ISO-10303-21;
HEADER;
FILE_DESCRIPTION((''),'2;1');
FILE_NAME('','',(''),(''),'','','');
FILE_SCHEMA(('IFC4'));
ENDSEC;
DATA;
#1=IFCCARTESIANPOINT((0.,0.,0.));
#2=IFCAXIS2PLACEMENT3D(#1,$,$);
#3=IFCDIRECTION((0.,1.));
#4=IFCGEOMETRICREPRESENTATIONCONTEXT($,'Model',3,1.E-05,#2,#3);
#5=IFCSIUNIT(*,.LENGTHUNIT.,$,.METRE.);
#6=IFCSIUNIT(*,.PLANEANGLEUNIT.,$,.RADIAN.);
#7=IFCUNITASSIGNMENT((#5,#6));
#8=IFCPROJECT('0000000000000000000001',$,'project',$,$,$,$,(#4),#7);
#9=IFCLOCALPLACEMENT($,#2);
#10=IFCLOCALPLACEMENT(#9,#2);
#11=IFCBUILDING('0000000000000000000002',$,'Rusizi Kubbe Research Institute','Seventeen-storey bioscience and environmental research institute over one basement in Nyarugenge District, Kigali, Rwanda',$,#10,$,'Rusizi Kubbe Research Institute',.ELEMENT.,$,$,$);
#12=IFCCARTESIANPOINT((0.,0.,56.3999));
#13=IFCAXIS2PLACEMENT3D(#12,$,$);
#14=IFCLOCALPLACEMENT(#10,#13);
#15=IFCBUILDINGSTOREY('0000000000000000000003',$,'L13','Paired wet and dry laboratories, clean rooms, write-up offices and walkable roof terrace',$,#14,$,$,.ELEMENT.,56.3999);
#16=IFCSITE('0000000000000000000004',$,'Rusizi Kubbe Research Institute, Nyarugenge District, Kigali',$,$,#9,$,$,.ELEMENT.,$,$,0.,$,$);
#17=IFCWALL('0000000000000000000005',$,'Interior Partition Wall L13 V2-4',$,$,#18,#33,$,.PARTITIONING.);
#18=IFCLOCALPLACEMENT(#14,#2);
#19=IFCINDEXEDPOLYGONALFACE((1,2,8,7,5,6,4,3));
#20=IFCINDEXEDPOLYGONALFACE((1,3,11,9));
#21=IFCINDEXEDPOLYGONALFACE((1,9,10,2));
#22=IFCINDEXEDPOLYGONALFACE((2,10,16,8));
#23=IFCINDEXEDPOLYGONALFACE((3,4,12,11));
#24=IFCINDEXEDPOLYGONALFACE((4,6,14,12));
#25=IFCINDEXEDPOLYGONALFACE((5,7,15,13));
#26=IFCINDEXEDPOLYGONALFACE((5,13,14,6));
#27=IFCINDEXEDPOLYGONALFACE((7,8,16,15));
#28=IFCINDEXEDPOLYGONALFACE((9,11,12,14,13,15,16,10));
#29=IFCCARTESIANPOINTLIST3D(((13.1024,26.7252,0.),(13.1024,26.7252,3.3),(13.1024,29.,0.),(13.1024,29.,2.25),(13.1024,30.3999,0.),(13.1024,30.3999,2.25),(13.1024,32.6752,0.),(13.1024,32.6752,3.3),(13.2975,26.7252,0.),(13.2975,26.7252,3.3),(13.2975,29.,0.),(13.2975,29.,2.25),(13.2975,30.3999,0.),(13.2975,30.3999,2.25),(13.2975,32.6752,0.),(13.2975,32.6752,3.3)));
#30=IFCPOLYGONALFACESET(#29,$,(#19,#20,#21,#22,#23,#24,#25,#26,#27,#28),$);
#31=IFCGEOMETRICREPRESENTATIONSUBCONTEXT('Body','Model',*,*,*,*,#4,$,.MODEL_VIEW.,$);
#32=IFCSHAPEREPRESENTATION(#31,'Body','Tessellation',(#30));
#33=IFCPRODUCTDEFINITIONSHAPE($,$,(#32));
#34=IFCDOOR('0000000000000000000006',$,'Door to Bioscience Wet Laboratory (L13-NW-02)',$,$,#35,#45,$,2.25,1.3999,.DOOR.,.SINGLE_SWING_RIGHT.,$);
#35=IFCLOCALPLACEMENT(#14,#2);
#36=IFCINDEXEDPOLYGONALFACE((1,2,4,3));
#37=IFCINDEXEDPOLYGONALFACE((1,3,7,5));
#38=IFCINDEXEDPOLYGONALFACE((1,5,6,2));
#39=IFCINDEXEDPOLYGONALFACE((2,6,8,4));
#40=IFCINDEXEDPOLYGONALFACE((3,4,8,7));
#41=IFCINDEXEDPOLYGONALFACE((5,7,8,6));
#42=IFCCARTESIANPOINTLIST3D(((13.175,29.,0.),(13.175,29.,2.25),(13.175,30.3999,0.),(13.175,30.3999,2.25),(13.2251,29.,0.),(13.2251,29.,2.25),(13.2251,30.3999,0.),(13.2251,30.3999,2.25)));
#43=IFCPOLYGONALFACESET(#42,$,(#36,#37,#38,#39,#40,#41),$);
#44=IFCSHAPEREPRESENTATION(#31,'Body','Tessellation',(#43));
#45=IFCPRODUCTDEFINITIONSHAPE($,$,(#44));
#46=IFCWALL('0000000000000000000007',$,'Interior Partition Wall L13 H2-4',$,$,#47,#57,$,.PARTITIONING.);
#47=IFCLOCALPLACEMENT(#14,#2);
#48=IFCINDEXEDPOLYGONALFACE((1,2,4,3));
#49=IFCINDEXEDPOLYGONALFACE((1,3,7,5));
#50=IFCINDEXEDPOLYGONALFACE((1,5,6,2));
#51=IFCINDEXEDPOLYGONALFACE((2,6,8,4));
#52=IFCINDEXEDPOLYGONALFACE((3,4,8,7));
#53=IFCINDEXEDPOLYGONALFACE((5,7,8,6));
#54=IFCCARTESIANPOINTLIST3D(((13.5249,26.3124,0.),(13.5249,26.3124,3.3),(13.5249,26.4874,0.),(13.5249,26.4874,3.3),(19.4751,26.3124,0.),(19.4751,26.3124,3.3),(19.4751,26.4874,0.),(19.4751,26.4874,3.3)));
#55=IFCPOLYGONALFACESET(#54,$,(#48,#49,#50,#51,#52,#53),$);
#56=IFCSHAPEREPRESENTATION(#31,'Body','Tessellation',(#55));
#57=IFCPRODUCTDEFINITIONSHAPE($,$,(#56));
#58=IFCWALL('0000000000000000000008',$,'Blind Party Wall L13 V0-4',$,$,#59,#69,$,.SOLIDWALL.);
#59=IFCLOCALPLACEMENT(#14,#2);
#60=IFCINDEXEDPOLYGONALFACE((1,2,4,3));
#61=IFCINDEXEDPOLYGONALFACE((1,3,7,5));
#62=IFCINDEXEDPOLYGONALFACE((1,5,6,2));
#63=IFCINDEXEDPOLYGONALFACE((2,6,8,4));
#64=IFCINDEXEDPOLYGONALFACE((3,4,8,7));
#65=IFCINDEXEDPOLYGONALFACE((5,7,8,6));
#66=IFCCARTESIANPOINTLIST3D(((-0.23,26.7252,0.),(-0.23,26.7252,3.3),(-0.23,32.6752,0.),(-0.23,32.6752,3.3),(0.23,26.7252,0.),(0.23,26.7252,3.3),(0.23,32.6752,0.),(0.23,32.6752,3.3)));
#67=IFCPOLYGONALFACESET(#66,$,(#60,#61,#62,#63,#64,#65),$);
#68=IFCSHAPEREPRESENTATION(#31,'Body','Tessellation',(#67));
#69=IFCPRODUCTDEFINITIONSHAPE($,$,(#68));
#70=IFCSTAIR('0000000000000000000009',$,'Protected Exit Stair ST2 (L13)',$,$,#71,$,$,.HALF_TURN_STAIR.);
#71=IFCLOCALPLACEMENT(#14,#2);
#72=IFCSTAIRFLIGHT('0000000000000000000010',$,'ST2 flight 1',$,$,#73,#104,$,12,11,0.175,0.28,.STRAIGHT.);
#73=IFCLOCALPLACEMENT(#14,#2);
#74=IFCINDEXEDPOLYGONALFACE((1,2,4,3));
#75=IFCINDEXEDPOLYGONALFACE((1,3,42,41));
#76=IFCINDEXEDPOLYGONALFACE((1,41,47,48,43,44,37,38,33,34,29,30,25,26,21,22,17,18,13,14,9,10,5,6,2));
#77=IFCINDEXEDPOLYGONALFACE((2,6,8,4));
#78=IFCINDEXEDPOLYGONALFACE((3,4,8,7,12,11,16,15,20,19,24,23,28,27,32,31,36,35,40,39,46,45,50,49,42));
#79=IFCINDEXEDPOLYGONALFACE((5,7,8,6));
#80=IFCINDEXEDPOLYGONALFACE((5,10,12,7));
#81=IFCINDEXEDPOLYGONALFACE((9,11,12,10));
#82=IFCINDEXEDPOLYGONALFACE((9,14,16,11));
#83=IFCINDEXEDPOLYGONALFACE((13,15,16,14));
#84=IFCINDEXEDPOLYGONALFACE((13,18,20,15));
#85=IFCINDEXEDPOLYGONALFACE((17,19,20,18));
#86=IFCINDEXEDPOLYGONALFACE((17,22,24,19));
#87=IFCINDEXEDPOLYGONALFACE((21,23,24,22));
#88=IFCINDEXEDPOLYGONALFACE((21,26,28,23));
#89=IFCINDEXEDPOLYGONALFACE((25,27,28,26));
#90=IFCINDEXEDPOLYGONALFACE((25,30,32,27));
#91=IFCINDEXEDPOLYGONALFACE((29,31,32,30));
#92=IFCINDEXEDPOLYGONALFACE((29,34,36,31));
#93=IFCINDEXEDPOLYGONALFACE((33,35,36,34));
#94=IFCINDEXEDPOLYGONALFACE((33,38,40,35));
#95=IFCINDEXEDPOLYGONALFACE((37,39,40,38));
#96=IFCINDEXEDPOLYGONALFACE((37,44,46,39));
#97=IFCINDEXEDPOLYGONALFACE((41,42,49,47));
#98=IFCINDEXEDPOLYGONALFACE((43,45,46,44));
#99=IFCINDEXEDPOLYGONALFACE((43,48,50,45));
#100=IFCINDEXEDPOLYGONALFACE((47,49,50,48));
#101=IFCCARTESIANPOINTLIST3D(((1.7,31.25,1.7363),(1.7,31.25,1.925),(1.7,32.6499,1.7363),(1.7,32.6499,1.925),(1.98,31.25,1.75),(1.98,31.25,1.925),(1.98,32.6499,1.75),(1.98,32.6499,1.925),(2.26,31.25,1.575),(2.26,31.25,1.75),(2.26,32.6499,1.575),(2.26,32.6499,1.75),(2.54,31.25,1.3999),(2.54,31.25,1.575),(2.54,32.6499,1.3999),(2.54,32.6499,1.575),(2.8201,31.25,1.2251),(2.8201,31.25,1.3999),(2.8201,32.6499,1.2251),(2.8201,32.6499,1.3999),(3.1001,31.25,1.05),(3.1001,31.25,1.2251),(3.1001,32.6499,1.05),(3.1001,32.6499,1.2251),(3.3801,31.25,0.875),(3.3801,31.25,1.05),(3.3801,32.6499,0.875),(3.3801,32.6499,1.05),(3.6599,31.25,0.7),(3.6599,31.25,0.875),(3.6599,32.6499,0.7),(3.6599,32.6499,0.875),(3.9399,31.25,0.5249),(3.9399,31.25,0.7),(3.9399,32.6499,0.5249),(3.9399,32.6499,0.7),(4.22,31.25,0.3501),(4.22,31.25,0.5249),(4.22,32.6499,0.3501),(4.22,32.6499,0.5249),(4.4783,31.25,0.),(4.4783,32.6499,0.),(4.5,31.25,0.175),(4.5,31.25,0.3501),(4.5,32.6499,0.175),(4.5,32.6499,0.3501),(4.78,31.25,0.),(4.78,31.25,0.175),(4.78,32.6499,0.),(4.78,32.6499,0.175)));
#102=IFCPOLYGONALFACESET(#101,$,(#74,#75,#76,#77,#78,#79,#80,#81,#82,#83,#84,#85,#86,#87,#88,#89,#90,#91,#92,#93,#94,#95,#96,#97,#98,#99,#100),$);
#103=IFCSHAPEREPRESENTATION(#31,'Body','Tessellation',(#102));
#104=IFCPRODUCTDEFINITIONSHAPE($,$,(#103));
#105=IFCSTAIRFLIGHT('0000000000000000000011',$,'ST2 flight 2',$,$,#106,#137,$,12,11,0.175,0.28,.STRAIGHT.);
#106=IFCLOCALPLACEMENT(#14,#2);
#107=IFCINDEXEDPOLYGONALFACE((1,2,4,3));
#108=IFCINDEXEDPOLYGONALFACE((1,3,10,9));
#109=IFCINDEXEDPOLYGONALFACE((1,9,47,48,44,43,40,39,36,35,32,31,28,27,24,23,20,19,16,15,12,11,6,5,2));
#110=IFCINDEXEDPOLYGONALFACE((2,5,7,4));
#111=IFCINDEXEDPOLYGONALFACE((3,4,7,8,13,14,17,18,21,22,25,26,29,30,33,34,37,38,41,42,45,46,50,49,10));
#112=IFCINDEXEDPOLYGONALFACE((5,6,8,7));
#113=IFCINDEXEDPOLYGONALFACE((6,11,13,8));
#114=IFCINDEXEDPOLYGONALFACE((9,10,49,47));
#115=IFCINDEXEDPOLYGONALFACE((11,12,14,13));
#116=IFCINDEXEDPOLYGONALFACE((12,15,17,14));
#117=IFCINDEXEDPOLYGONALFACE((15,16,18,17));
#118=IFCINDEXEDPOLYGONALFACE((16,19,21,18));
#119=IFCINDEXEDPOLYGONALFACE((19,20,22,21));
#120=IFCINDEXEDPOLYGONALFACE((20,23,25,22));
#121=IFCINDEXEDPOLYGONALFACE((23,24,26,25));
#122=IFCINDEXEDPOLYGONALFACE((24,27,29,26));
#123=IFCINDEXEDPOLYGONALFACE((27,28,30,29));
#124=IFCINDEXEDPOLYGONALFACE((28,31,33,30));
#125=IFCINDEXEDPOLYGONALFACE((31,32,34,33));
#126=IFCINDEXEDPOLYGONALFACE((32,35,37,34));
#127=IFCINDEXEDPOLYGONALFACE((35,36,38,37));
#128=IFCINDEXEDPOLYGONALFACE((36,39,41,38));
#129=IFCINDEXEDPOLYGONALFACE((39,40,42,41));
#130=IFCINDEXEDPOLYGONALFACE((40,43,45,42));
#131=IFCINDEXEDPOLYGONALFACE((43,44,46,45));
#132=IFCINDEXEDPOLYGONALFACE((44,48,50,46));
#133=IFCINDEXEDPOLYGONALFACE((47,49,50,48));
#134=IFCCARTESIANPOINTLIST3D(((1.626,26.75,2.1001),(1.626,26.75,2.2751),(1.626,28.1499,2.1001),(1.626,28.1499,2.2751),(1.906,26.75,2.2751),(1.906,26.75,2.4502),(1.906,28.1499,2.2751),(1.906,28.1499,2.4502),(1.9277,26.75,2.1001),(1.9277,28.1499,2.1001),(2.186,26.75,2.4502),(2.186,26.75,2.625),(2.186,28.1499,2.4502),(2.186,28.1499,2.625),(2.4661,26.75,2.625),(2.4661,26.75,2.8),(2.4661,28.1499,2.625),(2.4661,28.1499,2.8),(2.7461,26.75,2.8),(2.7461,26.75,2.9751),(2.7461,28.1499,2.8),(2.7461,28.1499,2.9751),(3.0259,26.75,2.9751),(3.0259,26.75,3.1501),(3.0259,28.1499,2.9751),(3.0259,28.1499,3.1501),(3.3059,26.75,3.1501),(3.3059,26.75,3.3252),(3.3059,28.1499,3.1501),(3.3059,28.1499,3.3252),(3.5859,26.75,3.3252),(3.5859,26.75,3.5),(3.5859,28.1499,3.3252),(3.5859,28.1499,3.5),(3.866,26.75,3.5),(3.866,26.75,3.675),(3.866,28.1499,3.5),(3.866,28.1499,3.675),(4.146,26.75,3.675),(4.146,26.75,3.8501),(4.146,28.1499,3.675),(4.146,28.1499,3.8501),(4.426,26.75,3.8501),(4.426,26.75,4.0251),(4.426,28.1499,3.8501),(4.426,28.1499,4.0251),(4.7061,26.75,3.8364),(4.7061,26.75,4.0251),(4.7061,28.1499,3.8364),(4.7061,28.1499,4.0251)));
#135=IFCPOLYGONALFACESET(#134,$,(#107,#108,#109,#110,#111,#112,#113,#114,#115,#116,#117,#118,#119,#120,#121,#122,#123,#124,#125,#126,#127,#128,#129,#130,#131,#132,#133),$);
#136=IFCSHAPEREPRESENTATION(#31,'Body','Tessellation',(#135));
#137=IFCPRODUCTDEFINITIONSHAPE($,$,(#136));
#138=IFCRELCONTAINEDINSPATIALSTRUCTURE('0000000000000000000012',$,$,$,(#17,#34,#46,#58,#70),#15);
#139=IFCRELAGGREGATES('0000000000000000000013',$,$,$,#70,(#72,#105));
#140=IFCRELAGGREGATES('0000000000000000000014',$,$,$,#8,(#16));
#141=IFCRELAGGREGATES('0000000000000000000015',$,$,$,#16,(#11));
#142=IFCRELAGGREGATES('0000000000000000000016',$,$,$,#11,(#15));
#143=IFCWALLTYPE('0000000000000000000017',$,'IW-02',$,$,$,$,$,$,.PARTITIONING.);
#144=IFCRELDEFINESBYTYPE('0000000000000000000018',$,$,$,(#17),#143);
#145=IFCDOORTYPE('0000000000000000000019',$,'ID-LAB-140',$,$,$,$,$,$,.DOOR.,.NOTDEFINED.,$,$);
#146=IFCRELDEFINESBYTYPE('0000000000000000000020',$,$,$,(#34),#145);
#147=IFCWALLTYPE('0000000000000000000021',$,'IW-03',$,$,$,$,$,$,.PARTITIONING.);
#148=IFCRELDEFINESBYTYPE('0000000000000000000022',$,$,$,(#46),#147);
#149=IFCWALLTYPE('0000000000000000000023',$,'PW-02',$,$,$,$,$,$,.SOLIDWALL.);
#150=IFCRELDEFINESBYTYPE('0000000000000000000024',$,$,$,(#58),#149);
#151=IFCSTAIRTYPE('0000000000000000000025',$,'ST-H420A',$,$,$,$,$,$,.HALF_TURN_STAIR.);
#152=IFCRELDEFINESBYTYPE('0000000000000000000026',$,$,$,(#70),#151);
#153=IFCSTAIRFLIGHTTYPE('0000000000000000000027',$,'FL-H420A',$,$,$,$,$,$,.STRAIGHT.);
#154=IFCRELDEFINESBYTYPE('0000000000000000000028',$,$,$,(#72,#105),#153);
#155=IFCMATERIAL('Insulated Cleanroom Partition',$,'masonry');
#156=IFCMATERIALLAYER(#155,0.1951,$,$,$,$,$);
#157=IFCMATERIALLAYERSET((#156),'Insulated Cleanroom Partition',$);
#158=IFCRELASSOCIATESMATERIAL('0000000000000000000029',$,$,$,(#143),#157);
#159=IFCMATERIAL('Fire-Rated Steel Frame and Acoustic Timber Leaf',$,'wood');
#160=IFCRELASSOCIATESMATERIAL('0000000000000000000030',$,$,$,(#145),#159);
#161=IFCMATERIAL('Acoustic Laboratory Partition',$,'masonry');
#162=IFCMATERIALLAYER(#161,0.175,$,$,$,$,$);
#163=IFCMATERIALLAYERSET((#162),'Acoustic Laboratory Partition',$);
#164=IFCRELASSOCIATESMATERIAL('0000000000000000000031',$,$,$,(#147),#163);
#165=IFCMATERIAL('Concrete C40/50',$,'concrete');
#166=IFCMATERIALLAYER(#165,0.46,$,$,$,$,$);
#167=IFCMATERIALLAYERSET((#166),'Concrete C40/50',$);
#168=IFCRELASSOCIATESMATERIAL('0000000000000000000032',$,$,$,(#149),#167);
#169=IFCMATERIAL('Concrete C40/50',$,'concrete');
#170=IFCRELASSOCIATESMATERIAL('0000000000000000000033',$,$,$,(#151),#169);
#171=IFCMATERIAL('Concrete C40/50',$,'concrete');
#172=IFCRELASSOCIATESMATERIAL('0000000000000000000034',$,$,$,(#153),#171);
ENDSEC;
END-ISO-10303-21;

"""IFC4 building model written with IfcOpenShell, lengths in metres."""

from ifc_helpers import new_model, si_unit, direction, frame, frame_2d, origin, place, context, subcontext, project, spatial, polyline, rectangle, outline, extrude, material, layer, layer_set, type_object, element, fill, aggregate, save


model = new_model("IFC4")

# Units and contexts
model_context = context("Model", 3, precision=1e-05, world=origin(), true_north=direction((0.0, 1.0)))
body_context = subcontext(model_context, "Body", "Model", "MODEL_VIEW")
ifc_project = project(units=[si_unit("LENGTHUNIT", "METRE"), si_unit("PLANEANGLEUNIT", "RADIAN")], contexts=[model_context])

# Site, building, storey
site_placement = place(None, origin())
site = spatial("IfcSite", under=ifc_project, at=site_placement, Name="Rusizi Kubbe Research Institute, Nyarugenge District, Kigali", CompositionType="ELEMENT", RefElevation=0.0)
building_placement = place(site_placement, origin())
building = spatial("IfcBuilding", under=site, at=building_placement, Name="Rusizi Kubbe Research Institute", Description="Seventeen-storey bioscience and environmental research institute over one basement in Nyarugenge District, Kigali, Rwanda", LongName="Rusizi Kubbe Research Institute", CompositionType="ELEMENT")
storey_placement = place(building_placement, frame((0.0, 0.0, 56.3999)))
storey = spatial("IfcBuildingStorey", under=building, at=storey_placement, Name="L13", Description="Paired wet and dry laboratories, clean rooms, write-up offices and walkable roof terrace", CompositionType="ELEMENT", Elevation=56.3999)

# Wall, opening, door
ifc_material_1 = material(Name="Insulated Cleanroom Partition", Category="masonry")
ifc_layer_1 = layer(ifc_material_1, 0.1951)
ifc_layer_set_1 = layer_set([ifc_layer_1], Name="Insulated Cleanroom Partition")
wall_type_1 = type_object("IfcWallType", Name="IW-02", PredefinedType="PARTITIONING", material=ifc_layer_set_1)
wall_1_placement = place(storey_placement, frame((13.2, 26.7251, 0.0), z_axis=(0.0, 0.0, 1.0), x_axis=(0.0, 1.0, 0.0)))
wall_1 = element("IfcWall", 1, at=wall_1_placement, inside=storey, type_object=wall_type_1, Name="Interior Partition Wall L13 V2-4", PredefinedType="PARTITIONING", context=body_context, shape_type="SweptSolid", body=[
    extrude(rectangle(XDim=5.95, YDim=0.1951, at=frame_2d((2.9751, 0.0))), origin(), (0.0, 0.0, 1.0), 3.3),
])
opening_1_placement = place(wall_1_placement, frame((2.2749, 0.0, 0.0)))
opening_1 = element("IfcOpeningElement", 2, at=opening_1_placement, cuts=wall_1, PredefinedType="OPENING", context=body_context, shape_type="SweptSolid", body=[
    extrude(rectangle(XDim=1.3999, YDim=2.25, at=frame_2d((0.7, 1.125))), frame((0.0, 0.1074, 0.0), z_axis=(0.0, -1.0, 0.0), x_axis=(1.0, 0.0, 0.0)), (0.0, 0.0, 1.0), 0.2151),
])
ifc_material_2 = material(Name="Fire-Rated Steel Frame and Acoustic Timber Leaf", Category="wood")
door_type_1 = type_object("IfcDoorType", Name="ID-LAB-140", OperationType="NOTDEFINED", PredefinedType="DOOR", material=ifc_material_2)
door_1_placement = place(opening_1_placement, origin())
door_1 = element("IfcDoor", 3, at=door_1_placement, inside=storey, type_object=door_type_1, Name="Door to Bioscience Wet Laboratory (L13-NW-02)", OperationType="SINGLE_SWING_RIGHT", OverallHeight=2.25, OverallWidth=1.3999, PredefinedType="DOOR", context=body_context, shape_type="SweptSolid", body=[
    extrude(rectangle(XDim=1.3999, YDim=2.25, at=frame_2d((0.7, 1.125))), frame((0.0, 0.0249, 0.0), z_axis=(0.0, -1.0, 0.0), x_axis=(1.0, 0.0, 0.0)), (0.0, 0.0, 1.0), 0.05),
])
fill(opening_1, door_1)

# Walls
ifc_material_3 = material(Name="Acoustic Laboratory Partition", Category="masonry")
ifc_layer_2 = layer(ifc_material_3, 0.175)
ifc_layer_set_2 = layer_set([ifc_layer_2], Name="Acoustic Laboratory Partition")
wall_type_2 = type_object("IfcWallType", Name="IW-03", PredefinedType="PARTITIONING", material=ifc_layer_set_2)
wall_2_placement = place(storey_placement, frame((13.5249, 26.3999, 0.0), z_axis=(0.0, 0.0, 1.0), x_axis=(1.0, 0.0, 0.0)))
element("IfcWall", 4, at=wall_2_placement, inside=storey, type_object=wall_type_2, Name="Interior Partition Wall L13 H2-4", PredefinedType="PARTITIONING", context=body_context, shape_type="SweptSolid", body=[
    extrude(rectangle(XDim=5.9502, YDim=0.175, at=frame_2d((2.9751, 0.0))), origin(), (0.0, 0.0, 1.0), 3.3),
])
ifc_material_4 = material(Name="Concrete C40/50", Category="concrete")
ifc_layer_3 = layer(ifc_material_4, 0.46)
ifc_layer_set_3 = layer_set([ifc_layer_3], Name="Concrete C40/50")
wall_type_3 = type_object("IfcWallType", Name="PW-02", PredefinedType="SOLIDWALL", material=ifc_layer_set_3)
wall_3_placement = place(storey_placement, frame((0.0, 26.7251, 0.0), z_axis=(0.0, 0.0, 1.0), x_axis=(0.0, 1.0, 0.0)))
element("IfcWall", 5, at=wall_3_placement, inside=storey, type_object=wall_type_3, Name="Blind Party Wall L13 V0-4", PredefinedType="SOLIDWALL", context=body_context, shape_type="SweptSolid", body=[
    extrude(rectangle(XDim=5.95, YDim=0.46, at=frame_2d((2.9751, 0.0))), origin(), (0.0, 0.0, 1.0), 3.3),
])

# Stair, stair flights
ifc_material_5 = material(Name="Concrete C40/50", Category="concrete")
stair_type = type_object("IfcStairType", Name="ST-H420A", PredefinedType="HALF_TURN_STAIR", material=ifc_material_5)
stair_placement = place(storey_placement, origin())
stair = element("IfcStair", 6, at=stair_placement, inside=storey, type_object=stair_type, Name="Protected Exit Stair ST2 (L13)", PredefinedType="HALF_TURN_STAIR")
ifc_material_6 = material(Name="Concrete C40/50", Category="concrete")
stair_flight_type = type_object("IfcStairFlightType", Name="FL-H420A", PredefinedType="STRAIGHT", material=ifc_material_6)
stair_flight_1_placement = place(storey_placement, frame((4.78, 31.95, 0.0), z_axis=(0.0, 0.0, 1.0), x_axis=(-1.0, 0.0, 0.0)))
stair_flight_1 = element("IfcStairFlight", 7, at=stair_flight_1_placement, type_object=stair_flight_type, Name="ST2 flight 1", NumberOfRisers=12, NumberOfTreads=11, PredefinedType="STRAIGHT", RiserHeight=0.175, TreadLength=0.28, context=body_context, shape_type="SweptSolid", body=[
    extrude(outline(polyline([(0.0, 0.0), (0.0, 0.175), (0.28, 0.175), (0.28, 0.3501), (0.5601, 0.3501), (0.5601, 0.5249), (0.8401, 0.5249), (0.8401, 0.7), (1.1201, 0.7), (1.1201, 0.875), (1.3999, 0.875), (1.3999, 1.05), (1.6799, 1.05), (1.6799, 1.2251), (1.96, 1.2251), (1.96, 1.3999), (2.24, 1.3999), (2.24, 1.575), (2.52, 1.575), (2.52, 1.75), (2.8, 1.75), (2.8, 1.925), (3.0801, 1.925), (3.0801, 2.1001), (3.0801, 1.7363), (0.3018, 0.0), (0.0, 0.0)])), frame((0.0, 0.7, 0.0), z_axis=(0.0, -1.0, 0.0), x_axis=(1.0, 0.0, 0.0)), (0.0, 0.0, 1.0), 1.3999),
])
stair_flight_2_placement = place(storey_placement, frame((1.626, 27.45, 2.1001), z_axis=(0.0, 0.0, 1.0), x_axis=(1.0, 0.0, 0.0)))
stair_flight_2 = element("IfcStairFlight", 8, at=stair_flight_2_placement, type_object=stair_flight_type, Name="ST2 flight 2", NumberOfRisers=12, NumberOfTreads=11, PredefinedType="STRAIGHT", RiserHeight=0.175, TreadLength=0.28, context=body_context, shape_type="SweptSolid", body=[
    extrude(outline(polyline([(0.0, 0.0), (0.0, 0.175), (0.28, 0.175), (0.28, 0.3501), (0.5601, 0.3501), (0.5601, 0.5249), (0.8401, 0.5249), (0.8401, 0.7), (1.1201, 0.7), (1.1201, 0.875), (1.3999, 0.875), (1.3999, 1.05), (1.6799, 1.05), (1.6799, 1.2251), (1.96, 1.2251), (1.96, 1.3999), (2.24, 1.3999), (2.24, 1.575), (2.52, 1.575), (2.52, 1.75), (2.8, 1.75), (2.8, 1.925), (3.0801, 1.925), (3.0801, 2.1001), (3.0801, 1.7363), (0.3018, 0.0), (0.0, 0.0)])), frame((0.0, 0.7, 0.0), z_axis=(0.0, -1.0, 0.0), x_axis=(1.0, 0.0, 0.0)), (0.0, 0.0, 1.0), 1.3999),
])
aggregate(stair, [stair_flight_1, stair_flight_2])

save(model, "model.ifc")
